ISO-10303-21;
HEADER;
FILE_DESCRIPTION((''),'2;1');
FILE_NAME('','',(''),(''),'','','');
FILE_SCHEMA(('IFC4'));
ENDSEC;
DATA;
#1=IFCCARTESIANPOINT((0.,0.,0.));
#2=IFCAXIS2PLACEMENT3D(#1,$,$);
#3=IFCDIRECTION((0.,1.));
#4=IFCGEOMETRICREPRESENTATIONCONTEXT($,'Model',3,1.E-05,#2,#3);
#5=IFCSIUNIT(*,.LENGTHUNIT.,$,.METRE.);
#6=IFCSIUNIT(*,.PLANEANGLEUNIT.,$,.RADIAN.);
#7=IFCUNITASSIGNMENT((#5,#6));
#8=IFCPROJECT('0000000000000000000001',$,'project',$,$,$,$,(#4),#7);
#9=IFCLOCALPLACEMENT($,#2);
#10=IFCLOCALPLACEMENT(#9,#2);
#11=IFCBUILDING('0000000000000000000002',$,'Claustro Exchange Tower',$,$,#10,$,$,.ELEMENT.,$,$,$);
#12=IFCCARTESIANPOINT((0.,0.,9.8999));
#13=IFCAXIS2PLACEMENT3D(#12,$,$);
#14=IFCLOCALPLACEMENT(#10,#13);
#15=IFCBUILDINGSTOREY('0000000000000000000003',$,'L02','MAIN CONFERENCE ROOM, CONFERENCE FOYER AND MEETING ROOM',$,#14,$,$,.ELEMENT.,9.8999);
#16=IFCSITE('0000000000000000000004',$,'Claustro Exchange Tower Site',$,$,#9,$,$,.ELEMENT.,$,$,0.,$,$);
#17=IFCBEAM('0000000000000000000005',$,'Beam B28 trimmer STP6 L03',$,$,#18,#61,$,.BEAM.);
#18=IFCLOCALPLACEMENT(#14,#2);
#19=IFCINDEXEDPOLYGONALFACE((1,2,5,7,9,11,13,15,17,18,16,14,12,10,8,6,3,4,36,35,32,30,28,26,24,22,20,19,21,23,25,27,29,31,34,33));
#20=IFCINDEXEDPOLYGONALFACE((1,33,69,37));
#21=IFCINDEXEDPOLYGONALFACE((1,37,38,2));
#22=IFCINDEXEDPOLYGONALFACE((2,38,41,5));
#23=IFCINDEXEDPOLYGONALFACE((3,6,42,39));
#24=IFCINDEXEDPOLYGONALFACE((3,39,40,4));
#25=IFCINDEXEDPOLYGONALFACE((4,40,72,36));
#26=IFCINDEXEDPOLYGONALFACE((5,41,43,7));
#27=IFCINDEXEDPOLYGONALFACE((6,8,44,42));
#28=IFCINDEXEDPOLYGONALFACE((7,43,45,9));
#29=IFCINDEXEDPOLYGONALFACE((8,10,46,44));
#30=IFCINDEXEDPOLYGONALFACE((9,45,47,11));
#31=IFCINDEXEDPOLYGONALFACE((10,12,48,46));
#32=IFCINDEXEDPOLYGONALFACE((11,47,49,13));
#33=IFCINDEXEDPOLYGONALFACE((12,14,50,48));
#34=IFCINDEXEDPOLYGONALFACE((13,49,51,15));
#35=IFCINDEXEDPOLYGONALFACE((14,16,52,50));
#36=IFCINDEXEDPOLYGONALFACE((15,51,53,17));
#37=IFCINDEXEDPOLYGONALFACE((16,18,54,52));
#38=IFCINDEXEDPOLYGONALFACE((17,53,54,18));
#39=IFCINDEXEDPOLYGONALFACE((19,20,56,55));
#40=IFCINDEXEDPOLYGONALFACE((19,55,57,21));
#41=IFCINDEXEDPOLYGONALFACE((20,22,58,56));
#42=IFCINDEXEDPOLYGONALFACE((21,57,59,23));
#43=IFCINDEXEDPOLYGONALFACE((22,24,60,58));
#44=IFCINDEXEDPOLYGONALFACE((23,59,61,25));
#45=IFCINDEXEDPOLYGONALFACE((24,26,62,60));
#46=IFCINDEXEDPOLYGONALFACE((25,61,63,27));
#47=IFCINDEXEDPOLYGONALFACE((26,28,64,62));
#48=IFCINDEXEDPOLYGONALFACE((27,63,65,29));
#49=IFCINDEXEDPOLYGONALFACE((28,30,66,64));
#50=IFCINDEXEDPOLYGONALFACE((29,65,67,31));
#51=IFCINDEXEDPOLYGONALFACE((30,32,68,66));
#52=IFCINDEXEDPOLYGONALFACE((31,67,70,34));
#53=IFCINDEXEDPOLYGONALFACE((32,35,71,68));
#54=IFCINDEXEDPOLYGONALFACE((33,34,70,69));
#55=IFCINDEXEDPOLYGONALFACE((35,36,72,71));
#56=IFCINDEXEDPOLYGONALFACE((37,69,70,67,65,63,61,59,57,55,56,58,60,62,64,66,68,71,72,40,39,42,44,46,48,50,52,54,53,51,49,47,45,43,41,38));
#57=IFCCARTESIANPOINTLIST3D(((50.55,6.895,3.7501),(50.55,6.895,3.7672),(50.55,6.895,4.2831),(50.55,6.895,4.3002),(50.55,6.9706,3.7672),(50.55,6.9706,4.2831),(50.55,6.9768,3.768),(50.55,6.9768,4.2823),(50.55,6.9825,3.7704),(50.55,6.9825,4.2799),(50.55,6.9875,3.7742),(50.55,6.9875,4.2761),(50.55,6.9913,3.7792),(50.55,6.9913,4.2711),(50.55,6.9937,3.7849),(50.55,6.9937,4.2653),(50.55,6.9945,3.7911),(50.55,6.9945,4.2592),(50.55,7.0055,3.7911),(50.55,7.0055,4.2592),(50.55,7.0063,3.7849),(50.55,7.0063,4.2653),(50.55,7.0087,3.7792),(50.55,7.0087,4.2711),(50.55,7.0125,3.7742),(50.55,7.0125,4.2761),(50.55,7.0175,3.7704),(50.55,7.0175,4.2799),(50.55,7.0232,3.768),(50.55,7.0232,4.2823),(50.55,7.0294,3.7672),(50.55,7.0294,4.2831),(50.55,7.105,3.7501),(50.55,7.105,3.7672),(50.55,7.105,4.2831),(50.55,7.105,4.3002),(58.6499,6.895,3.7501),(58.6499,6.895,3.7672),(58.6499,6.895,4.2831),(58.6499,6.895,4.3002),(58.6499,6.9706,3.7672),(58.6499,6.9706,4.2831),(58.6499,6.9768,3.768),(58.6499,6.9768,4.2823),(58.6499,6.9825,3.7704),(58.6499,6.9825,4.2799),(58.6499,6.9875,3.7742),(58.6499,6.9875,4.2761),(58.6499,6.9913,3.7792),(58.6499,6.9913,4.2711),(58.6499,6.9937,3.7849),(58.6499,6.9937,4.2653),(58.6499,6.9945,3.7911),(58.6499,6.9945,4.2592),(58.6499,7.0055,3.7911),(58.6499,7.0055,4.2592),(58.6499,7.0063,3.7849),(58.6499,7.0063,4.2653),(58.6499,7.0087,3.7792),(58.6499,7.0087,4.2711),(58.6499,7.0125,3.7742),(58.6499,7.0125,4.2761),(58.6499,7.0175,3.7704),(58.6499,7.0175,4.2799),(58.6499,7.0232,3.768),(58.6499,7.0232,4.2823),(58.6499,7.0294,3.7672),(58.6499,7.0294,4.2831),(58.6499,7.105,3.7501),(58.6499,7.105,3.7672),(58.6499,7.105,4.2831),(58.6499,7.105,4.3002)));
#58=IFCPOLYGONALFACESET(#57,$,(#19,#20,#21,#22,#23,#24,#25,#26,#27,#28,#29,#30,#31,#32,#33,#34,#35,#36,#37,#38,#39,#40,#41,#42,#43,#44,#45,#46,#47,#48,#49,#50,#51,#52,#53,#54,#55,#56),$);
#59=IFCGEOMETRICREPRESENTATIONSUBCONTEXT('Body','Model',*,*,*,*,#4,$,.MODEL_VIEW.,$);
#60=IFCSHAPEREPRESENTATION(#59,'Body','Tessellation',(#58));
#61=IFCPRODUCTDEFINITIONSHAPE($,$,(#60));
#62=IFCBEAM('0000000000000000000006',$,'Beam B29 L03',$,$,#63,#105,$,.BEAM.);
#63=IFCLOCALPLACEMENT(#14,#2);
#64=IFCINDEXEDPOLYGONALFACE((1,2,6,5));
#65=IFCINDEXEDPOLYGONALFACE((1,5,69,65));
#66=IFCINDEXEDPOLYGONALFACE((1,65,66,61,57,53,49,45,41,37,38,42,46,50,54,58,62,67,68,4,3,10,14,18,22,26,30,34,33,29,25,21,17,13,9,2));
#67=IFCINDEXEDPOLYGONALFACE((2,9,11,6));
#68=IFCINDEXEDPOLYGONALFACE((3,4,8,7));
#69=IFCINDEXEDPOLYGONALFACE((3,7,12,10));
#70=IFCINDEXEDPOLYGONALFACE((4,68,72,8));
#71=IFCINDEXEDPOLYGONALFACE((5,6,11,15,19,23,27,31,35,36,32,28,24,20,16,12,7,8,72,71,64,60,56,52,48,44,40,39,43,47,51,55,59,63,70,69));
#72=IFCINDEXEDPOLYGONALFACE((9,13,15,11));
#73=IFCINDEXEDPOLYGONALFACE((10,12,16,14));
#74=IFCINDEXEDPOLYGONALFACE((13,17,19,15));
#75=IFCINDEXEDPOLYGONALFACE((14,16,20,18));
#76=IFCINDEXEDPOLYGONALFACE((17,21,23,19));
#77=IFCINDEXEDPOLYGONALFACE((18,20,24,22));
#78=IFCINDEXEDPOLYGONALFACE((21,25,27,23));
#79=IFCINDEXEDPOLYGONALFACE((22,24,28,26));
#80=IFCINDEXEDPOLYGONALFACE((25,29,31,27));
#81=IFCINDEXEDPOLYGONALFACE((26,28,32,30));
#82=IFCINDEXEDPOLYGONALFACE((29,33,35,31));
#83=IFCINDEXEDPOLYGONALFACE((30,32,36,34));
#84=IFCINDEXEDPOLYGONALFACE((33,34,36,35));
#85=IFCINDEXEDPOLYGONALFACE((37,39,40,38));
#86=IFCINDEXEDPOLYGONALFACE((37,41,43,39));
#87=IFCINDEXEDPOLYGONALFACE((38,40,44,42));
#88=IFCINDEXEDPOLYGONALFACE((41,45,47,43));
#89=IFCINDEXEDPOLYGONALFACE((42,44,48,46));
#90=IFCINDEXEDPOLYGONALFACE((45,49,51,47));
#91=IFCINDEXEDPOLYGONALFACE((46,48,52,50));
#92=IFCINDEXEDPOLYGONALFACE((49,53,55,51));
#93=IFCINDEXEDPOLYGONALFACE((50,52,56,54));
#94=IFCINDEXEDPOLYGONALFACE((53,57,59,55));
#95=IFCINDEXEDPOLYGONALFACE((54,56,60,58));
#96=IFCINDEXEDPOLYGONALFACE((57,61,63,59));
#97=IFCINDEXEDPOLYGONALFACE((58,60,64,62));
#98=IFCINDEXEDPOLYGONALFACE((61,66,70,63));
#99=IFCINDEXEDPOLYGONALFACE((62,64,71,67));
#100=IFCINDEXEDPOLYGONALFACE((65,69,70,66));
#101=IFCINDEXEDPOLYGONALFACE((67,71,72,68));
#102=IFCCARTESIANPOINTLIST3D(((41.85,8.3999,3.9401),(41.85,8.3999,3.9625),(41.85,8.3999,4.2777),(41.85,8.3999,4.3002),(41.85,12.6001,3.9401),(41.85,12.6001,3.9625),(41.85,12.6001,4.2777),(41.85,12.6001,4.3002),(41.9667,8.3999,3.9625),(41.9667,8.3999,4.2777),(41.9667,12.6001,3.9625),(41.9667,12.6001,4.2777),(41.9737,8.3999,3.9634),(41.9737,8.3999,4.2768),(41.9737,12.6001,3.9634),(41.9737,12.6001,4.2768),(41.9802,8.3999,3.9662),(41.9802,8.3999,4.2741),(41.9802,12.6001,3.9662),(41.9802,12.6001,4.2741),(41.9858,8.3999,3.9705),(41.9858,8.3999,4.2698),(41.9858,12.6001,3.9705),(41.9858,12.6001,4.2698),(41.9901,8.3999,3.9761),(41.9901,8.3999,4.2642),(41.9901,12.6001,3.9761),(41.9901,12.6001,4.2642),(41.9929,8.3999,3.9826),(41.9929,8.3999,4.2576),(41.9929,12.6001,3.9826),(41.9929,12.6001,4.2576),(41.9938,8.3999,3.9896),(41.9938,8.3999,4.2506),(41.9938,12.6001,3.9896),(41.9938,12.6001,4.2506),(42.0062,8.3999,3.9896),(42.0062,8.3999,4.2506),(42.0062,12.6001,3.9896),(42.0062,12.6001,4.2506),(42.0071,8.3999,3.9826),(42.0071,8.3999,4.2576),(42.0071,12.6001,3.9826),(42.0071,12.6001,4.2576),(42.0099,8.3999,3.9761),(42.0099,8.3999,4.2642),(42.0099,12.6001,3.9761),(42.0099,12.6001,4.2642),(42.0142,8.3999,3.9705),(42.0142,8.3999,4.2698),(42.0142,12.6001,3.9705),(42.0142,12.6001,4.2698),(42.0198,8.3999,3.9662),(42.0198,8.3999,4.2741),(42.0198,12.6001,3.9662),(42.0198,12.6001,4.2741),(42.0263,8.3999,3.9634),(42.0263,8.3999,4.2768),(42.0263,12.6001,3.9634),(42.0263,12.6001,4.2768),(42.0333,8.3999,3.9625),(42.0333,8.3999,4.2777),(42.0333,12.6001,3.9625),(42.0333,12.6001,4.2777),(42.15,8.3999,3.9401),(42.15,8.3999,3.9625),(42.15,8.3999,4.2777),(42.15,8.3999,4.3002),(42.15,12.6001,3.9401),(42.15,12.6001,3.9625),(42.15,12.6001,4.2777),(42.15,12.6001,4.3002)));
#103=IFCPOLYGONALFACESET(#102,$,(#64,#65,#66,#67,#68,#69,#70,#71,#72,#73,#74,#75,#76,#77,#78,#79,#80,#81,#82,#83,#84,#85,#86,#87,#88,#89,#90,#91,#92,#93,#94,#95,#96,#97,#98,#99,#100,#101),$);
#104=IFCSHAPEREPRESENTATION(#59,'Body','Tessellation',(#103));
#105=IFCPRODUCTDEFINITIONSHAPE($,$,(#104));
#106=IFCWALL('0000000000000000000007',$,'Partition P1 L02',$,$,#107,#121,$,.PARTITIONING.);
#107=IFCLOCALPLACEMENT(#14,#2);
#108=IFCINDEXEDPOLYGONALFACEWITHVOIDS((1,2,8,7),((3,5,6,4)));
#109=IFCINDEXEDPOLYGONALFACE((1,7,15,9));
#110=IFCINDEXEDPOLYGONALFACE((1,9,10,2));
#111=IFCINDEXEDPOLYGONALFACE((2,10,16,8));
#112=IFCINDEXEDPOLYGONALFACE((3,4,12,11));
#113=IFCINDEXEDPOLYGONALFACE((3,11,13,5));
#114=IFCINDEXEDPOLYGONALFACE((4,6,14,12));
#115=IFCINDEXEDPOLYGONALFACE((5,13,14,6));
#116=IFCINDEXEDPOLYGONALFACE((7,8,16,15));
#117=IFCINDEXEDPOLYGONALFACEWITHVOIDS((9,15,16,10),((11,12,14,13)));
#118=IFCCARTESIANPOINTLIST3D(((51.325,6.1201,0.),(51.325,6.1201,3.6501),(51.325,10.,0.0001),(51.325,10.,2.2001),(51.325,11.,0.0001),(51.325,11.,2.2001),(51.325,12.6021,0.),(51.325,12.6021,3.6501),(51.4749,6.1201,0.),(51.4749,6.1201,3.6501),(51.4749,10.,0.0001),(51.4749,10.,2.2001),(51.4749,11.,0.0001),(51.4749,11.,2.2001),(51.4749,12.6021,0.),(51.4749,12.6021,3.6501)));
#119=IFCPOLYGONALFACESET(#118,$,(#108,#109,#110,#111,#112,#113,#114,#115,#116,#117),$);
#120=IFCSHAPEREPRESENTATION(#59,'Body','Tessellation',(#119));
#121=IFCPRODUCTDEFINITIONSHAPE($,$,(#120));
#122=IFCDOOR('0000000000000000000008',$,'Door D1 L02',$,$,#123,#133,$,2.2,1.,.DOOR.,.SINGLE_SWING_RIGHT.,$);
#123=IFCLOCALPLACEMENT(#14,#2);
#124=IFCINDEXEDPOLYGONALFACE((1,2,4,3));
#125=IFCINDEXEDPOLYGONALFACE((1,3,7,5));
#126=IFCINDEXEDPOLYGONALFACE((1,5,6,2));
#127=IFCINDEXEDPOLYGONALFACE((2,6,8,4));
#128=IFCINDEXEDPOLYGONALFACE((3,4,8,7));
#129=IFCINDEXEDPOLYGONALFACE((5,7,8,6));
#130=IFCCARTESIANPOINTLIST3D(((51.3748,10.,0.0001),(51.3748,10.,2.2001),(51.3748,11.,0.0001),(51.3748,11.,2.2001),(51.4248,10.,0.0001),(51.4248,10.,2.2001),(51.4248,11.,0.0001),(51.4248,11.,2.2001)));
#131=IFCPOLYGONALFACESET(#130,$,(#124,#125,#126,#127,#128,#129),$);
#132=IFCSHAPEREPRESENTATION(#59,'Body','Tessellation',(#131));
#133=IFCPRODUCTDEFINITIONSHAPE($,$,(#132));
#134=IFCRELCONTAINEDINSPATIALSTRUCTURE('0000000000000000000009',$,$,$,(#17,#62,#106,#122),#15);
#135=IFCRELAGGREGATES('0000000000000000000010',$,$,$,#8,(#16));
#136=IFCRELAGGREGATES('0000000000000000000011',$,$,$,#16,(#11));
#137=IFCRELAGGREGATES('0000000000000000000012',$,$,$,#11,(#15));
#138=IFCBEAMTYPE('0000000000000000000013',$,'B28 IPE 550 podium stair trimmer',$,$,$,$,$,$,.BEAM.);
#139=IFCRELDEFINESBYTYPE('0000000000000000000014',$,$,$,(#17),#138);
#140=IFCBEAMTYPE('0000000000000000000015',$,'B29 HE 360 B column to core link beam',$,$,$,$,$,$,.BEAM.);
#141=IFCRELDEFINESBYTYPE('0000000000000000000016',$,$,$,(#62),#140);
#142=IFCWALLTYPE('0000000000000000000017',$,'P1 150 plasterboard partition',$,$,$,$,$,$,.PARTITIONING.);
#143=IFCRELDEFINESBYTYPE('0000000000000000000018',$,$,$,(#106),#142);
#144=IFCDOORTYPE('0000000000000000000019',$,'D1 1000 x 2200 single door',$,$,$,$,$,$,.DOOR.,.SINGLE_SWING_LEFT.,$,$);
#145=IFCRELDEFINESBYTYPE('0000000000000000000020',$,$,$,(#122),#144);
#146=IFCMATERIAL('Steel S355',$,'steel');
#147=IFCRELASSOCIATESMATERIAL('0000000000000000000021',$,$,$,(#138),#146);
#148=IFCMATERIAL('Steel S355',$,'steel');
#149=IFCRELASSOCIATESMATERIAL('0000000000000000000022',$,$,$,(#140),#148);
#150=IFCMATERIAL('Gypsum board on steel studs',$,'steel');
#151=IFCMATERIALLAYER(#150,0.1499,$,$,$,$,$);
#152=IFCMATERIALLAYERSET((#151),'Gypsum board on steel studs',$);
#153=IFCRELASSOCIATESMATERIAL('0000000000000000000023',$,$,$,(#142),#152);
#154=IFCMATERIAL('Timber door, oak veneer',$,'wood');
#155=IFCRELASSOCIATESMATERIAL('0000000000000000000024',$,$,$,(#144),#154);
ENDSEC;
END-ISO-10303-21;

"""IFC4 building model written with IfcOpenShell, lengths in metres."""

from ifc_helpers import new_model, si_unit, direction, frame, frame_2d, origin, origin_2d, place, context, subcontext, project, spatial, rectangle, i_section, extrude, material, layer, layer_set, material_profile, profile_set, type_object, element, fill, save


model = new_model("IFC4")

# Units and contexts
model_context = context("Model", 3, precision=1e-05, world=origin(), true_north=direction((0.0, 1.0)))
body_context = subcontext(model_context, "Body", "Model", "MODEL_VIEW")
ifc_project = project(units=[si_unit("LENGTHUNIT", "METRE"), si_unit("PLANEANGLEUNIT", "RADIAN")], contexts=[model_context])

# Site, building, storey
site_placement = place(None, origin())
site = spatial("IfcSite", under=ifc_project, at=site_placement, Name="Claustro Exchange Tower Site", CompositionType="ELEMENT", RefElevation=0.0)
building_placement = place(site_placement, origin())
building = spatial("IfcBuilding", under=site, at=building_placement, Name="Claustro Exchange Tower", CompositionType="ELEMENT")
storey_placement = place(building_placement, frame((0.0, 0.0, 9.8999)))
storey = spatial("IfcBuildingStorey", under=building, at=storey_placement, Name="L02", Description="MAIN CONFERENCE ROOM, CONFERENCE FOYER AND MEETING ROOM", CompositionType="ELEMENT", Elevation=9.8999)

# Beams
ifc_material_1 = material(Name="Steel S355", Category="steel")
ifc_material_profile_1 = material_profile(ifc_material_1, i_section(OverallWidth=0.21, OverallDepth=0.55, WebThickness=0.011, FlangeThickness=0.0171, FilletRadius=0.0239, at=origin_2d()), Name="IPE 550")
ifc_profile_set_1 = profile_set([ifc_material_profile_1], Name="Steel S355")
beam_type_1 = type_object("IfcBeamType", Name="B28 IPE 550 podium stair trimmer", PredefinedType="BEAM", material=ifc_profile_set_1)
beam_1_placement = place(storey_placement, frame((50.55, 7.0, 4.0251), z_axis=(1.0, 0.0, 0.0), x_axis=(0.0, 1.0, 0.0)))
element("IfcBeam", 1, at=beam_1_placement, inside=storey, type_object=beam_type_1, Name="Beam B28 trimmer STP6 L03", PredefinedType="BEAM", context=body_context, shape_type="SweptSolid", body=[
    extrude(i_section(OverallWidth=0.21, OverallDepth=0.55, WebThickness=0.011, FlangeThickness=0.0171, FilletRadius=0.0239, at=origin_2d()), origin(), (0.0, 0.0, 1.0), 8.0999),
])
ifc_material_2 = material(Name="Steel S355", Category="steel")
ifc_material_profile_2 = material_profile(ifc_material_2, i_section(OverallWidth=0.3, OverallDepth=0.3601, WebThickness=0.0125, FlangeThickness=0.0225, FilletRadius=0.0271, at=origin_2d()), Name="HE 360 B")
ifc_profile_set_2 = profile_set([ifc_material_profile_2], Name="Steel S355")
beam_type_2 = type_object("IfcBeamType", Name="B29 HE 360 B column to core link beam", PredefinedType="BEAM", material=ifc_profile_set_2)
beam_2_placement = place(storey_placement, frame((42.0, 8.3999, 4.1201), z_axis=(0.0, 1.0, 0.0), x_axis=(-1.0, 0.0, 0.0)))
element("IfcBeam", 2, at=beam_2_placement, inside=storey, type_object=beam_type_2, Name="Beam B29 L03", PredefinedType="BEAM", context=body_context, shape_type="SweptSolid", body=[
    extrude(i_section(OverallWidth=0.3, OverallDepth=0.3601, WebThickness=0.0125, FlangeThickness=0.0225, FilletRadius=0.0271, at=origin_2d()), origin(), (0.0, 0.0, 1.0), 4.2002),
])

# Wall, opening, door
ifc_material_3 = material(Name="Gypsum board on steel studs", Category="steel")
ifc_layer_1 = layer(ifc_material_3, 0.1499)
ifc_layer_set_1 = layer_set([ifc_layer_1], Name="Gypsum board on steel studs")
wall_type_1 = type_object("IfcWallType", Name="P1 150 plasterboard partition", PredefinedType="PARTITIONING", material=ifc_layer_set_1)
wall_1_placement = place(storey_placement, frame((51.3999, 6.1201, 0.0), z_axis=(0.0, 0.0, 1.0), x_axis=(0.0, 1.0, 0.0)))
wall_1 = element("IfcWall", 3, at=wall_1_placement, inside=storey, type_object=wall_type_1, Name="Partition P1 L02", PredefinedType="PARTITIONING", context=body_context, shape_type="SweptSolid", body=[
    extrude(rectangle(XDim=6.4819, YDim=0.1499, at=frame_2d((3.241, 0.0))), origin(), (0.0, 0.0, 1.0), 3.6501),
])
opening_1_placement = place(wall_1_placement, frame((3.8799, 0.0, 0.0)))
opening_1 = element("IfcOpeningElement", 4, at=opening_1_placement, cuts=wall_1, PredefinedType="OPENING", context=body_context, shape_type="SweptSolid", body=[
    extrude(rectangle(XDim=1.0, YDim=2.2, at=frame_2d((0.5, 1.1001))), frame((0.0, 0.085, 0.0), z_axis=(0.0, -1.0, 0.0), x_axis=(1.0, 0.0, 0.0)), (0.0, 0.0, 1.0), 0.1699),
])
ifc_material_4 = material(Name="Timber door, oak veneer", Category="wood")
door_type_1 = type_object("IfcDoorType", Name="D1 1000 x 2200 single door", OperationType="SINGLE_SWING_LEFT", PredefinedType="DOOR", material=ifc_material_4)
door_1_placement = place(opening_1_placement, frame((1.0, 0.0, 0.0), z_axis=(0.0, 0.0, 1.0), x_axis=(-1.0, 0.0, 0.0)))
door_1 = element("IfcDoor", 5, at=door_1_placement, inside=storey, type_object=door_type_1, Name="Door D1 L02", OperationType="SINGLE_SWING_RIGHT", OverallHeight=2.2, OverallWidth=1.0, PredefinedType="DOOR", context=body_context, shape_type="SweptSolid", body=[
    extrude(rectangle(XDim=1.0, YDim=2.2, at=frame_2d((0.5, 1.1001))), frame((0.0, 0.0249, 0.0), z_axis=(0.0, -1.0, 0.0), x_axis=(1.0, 0.0, 0.0)), (0.0, 0.0, 1.0), 0.05),
])
fill(opening_1, door_1)

save(model, "model.ifc")
